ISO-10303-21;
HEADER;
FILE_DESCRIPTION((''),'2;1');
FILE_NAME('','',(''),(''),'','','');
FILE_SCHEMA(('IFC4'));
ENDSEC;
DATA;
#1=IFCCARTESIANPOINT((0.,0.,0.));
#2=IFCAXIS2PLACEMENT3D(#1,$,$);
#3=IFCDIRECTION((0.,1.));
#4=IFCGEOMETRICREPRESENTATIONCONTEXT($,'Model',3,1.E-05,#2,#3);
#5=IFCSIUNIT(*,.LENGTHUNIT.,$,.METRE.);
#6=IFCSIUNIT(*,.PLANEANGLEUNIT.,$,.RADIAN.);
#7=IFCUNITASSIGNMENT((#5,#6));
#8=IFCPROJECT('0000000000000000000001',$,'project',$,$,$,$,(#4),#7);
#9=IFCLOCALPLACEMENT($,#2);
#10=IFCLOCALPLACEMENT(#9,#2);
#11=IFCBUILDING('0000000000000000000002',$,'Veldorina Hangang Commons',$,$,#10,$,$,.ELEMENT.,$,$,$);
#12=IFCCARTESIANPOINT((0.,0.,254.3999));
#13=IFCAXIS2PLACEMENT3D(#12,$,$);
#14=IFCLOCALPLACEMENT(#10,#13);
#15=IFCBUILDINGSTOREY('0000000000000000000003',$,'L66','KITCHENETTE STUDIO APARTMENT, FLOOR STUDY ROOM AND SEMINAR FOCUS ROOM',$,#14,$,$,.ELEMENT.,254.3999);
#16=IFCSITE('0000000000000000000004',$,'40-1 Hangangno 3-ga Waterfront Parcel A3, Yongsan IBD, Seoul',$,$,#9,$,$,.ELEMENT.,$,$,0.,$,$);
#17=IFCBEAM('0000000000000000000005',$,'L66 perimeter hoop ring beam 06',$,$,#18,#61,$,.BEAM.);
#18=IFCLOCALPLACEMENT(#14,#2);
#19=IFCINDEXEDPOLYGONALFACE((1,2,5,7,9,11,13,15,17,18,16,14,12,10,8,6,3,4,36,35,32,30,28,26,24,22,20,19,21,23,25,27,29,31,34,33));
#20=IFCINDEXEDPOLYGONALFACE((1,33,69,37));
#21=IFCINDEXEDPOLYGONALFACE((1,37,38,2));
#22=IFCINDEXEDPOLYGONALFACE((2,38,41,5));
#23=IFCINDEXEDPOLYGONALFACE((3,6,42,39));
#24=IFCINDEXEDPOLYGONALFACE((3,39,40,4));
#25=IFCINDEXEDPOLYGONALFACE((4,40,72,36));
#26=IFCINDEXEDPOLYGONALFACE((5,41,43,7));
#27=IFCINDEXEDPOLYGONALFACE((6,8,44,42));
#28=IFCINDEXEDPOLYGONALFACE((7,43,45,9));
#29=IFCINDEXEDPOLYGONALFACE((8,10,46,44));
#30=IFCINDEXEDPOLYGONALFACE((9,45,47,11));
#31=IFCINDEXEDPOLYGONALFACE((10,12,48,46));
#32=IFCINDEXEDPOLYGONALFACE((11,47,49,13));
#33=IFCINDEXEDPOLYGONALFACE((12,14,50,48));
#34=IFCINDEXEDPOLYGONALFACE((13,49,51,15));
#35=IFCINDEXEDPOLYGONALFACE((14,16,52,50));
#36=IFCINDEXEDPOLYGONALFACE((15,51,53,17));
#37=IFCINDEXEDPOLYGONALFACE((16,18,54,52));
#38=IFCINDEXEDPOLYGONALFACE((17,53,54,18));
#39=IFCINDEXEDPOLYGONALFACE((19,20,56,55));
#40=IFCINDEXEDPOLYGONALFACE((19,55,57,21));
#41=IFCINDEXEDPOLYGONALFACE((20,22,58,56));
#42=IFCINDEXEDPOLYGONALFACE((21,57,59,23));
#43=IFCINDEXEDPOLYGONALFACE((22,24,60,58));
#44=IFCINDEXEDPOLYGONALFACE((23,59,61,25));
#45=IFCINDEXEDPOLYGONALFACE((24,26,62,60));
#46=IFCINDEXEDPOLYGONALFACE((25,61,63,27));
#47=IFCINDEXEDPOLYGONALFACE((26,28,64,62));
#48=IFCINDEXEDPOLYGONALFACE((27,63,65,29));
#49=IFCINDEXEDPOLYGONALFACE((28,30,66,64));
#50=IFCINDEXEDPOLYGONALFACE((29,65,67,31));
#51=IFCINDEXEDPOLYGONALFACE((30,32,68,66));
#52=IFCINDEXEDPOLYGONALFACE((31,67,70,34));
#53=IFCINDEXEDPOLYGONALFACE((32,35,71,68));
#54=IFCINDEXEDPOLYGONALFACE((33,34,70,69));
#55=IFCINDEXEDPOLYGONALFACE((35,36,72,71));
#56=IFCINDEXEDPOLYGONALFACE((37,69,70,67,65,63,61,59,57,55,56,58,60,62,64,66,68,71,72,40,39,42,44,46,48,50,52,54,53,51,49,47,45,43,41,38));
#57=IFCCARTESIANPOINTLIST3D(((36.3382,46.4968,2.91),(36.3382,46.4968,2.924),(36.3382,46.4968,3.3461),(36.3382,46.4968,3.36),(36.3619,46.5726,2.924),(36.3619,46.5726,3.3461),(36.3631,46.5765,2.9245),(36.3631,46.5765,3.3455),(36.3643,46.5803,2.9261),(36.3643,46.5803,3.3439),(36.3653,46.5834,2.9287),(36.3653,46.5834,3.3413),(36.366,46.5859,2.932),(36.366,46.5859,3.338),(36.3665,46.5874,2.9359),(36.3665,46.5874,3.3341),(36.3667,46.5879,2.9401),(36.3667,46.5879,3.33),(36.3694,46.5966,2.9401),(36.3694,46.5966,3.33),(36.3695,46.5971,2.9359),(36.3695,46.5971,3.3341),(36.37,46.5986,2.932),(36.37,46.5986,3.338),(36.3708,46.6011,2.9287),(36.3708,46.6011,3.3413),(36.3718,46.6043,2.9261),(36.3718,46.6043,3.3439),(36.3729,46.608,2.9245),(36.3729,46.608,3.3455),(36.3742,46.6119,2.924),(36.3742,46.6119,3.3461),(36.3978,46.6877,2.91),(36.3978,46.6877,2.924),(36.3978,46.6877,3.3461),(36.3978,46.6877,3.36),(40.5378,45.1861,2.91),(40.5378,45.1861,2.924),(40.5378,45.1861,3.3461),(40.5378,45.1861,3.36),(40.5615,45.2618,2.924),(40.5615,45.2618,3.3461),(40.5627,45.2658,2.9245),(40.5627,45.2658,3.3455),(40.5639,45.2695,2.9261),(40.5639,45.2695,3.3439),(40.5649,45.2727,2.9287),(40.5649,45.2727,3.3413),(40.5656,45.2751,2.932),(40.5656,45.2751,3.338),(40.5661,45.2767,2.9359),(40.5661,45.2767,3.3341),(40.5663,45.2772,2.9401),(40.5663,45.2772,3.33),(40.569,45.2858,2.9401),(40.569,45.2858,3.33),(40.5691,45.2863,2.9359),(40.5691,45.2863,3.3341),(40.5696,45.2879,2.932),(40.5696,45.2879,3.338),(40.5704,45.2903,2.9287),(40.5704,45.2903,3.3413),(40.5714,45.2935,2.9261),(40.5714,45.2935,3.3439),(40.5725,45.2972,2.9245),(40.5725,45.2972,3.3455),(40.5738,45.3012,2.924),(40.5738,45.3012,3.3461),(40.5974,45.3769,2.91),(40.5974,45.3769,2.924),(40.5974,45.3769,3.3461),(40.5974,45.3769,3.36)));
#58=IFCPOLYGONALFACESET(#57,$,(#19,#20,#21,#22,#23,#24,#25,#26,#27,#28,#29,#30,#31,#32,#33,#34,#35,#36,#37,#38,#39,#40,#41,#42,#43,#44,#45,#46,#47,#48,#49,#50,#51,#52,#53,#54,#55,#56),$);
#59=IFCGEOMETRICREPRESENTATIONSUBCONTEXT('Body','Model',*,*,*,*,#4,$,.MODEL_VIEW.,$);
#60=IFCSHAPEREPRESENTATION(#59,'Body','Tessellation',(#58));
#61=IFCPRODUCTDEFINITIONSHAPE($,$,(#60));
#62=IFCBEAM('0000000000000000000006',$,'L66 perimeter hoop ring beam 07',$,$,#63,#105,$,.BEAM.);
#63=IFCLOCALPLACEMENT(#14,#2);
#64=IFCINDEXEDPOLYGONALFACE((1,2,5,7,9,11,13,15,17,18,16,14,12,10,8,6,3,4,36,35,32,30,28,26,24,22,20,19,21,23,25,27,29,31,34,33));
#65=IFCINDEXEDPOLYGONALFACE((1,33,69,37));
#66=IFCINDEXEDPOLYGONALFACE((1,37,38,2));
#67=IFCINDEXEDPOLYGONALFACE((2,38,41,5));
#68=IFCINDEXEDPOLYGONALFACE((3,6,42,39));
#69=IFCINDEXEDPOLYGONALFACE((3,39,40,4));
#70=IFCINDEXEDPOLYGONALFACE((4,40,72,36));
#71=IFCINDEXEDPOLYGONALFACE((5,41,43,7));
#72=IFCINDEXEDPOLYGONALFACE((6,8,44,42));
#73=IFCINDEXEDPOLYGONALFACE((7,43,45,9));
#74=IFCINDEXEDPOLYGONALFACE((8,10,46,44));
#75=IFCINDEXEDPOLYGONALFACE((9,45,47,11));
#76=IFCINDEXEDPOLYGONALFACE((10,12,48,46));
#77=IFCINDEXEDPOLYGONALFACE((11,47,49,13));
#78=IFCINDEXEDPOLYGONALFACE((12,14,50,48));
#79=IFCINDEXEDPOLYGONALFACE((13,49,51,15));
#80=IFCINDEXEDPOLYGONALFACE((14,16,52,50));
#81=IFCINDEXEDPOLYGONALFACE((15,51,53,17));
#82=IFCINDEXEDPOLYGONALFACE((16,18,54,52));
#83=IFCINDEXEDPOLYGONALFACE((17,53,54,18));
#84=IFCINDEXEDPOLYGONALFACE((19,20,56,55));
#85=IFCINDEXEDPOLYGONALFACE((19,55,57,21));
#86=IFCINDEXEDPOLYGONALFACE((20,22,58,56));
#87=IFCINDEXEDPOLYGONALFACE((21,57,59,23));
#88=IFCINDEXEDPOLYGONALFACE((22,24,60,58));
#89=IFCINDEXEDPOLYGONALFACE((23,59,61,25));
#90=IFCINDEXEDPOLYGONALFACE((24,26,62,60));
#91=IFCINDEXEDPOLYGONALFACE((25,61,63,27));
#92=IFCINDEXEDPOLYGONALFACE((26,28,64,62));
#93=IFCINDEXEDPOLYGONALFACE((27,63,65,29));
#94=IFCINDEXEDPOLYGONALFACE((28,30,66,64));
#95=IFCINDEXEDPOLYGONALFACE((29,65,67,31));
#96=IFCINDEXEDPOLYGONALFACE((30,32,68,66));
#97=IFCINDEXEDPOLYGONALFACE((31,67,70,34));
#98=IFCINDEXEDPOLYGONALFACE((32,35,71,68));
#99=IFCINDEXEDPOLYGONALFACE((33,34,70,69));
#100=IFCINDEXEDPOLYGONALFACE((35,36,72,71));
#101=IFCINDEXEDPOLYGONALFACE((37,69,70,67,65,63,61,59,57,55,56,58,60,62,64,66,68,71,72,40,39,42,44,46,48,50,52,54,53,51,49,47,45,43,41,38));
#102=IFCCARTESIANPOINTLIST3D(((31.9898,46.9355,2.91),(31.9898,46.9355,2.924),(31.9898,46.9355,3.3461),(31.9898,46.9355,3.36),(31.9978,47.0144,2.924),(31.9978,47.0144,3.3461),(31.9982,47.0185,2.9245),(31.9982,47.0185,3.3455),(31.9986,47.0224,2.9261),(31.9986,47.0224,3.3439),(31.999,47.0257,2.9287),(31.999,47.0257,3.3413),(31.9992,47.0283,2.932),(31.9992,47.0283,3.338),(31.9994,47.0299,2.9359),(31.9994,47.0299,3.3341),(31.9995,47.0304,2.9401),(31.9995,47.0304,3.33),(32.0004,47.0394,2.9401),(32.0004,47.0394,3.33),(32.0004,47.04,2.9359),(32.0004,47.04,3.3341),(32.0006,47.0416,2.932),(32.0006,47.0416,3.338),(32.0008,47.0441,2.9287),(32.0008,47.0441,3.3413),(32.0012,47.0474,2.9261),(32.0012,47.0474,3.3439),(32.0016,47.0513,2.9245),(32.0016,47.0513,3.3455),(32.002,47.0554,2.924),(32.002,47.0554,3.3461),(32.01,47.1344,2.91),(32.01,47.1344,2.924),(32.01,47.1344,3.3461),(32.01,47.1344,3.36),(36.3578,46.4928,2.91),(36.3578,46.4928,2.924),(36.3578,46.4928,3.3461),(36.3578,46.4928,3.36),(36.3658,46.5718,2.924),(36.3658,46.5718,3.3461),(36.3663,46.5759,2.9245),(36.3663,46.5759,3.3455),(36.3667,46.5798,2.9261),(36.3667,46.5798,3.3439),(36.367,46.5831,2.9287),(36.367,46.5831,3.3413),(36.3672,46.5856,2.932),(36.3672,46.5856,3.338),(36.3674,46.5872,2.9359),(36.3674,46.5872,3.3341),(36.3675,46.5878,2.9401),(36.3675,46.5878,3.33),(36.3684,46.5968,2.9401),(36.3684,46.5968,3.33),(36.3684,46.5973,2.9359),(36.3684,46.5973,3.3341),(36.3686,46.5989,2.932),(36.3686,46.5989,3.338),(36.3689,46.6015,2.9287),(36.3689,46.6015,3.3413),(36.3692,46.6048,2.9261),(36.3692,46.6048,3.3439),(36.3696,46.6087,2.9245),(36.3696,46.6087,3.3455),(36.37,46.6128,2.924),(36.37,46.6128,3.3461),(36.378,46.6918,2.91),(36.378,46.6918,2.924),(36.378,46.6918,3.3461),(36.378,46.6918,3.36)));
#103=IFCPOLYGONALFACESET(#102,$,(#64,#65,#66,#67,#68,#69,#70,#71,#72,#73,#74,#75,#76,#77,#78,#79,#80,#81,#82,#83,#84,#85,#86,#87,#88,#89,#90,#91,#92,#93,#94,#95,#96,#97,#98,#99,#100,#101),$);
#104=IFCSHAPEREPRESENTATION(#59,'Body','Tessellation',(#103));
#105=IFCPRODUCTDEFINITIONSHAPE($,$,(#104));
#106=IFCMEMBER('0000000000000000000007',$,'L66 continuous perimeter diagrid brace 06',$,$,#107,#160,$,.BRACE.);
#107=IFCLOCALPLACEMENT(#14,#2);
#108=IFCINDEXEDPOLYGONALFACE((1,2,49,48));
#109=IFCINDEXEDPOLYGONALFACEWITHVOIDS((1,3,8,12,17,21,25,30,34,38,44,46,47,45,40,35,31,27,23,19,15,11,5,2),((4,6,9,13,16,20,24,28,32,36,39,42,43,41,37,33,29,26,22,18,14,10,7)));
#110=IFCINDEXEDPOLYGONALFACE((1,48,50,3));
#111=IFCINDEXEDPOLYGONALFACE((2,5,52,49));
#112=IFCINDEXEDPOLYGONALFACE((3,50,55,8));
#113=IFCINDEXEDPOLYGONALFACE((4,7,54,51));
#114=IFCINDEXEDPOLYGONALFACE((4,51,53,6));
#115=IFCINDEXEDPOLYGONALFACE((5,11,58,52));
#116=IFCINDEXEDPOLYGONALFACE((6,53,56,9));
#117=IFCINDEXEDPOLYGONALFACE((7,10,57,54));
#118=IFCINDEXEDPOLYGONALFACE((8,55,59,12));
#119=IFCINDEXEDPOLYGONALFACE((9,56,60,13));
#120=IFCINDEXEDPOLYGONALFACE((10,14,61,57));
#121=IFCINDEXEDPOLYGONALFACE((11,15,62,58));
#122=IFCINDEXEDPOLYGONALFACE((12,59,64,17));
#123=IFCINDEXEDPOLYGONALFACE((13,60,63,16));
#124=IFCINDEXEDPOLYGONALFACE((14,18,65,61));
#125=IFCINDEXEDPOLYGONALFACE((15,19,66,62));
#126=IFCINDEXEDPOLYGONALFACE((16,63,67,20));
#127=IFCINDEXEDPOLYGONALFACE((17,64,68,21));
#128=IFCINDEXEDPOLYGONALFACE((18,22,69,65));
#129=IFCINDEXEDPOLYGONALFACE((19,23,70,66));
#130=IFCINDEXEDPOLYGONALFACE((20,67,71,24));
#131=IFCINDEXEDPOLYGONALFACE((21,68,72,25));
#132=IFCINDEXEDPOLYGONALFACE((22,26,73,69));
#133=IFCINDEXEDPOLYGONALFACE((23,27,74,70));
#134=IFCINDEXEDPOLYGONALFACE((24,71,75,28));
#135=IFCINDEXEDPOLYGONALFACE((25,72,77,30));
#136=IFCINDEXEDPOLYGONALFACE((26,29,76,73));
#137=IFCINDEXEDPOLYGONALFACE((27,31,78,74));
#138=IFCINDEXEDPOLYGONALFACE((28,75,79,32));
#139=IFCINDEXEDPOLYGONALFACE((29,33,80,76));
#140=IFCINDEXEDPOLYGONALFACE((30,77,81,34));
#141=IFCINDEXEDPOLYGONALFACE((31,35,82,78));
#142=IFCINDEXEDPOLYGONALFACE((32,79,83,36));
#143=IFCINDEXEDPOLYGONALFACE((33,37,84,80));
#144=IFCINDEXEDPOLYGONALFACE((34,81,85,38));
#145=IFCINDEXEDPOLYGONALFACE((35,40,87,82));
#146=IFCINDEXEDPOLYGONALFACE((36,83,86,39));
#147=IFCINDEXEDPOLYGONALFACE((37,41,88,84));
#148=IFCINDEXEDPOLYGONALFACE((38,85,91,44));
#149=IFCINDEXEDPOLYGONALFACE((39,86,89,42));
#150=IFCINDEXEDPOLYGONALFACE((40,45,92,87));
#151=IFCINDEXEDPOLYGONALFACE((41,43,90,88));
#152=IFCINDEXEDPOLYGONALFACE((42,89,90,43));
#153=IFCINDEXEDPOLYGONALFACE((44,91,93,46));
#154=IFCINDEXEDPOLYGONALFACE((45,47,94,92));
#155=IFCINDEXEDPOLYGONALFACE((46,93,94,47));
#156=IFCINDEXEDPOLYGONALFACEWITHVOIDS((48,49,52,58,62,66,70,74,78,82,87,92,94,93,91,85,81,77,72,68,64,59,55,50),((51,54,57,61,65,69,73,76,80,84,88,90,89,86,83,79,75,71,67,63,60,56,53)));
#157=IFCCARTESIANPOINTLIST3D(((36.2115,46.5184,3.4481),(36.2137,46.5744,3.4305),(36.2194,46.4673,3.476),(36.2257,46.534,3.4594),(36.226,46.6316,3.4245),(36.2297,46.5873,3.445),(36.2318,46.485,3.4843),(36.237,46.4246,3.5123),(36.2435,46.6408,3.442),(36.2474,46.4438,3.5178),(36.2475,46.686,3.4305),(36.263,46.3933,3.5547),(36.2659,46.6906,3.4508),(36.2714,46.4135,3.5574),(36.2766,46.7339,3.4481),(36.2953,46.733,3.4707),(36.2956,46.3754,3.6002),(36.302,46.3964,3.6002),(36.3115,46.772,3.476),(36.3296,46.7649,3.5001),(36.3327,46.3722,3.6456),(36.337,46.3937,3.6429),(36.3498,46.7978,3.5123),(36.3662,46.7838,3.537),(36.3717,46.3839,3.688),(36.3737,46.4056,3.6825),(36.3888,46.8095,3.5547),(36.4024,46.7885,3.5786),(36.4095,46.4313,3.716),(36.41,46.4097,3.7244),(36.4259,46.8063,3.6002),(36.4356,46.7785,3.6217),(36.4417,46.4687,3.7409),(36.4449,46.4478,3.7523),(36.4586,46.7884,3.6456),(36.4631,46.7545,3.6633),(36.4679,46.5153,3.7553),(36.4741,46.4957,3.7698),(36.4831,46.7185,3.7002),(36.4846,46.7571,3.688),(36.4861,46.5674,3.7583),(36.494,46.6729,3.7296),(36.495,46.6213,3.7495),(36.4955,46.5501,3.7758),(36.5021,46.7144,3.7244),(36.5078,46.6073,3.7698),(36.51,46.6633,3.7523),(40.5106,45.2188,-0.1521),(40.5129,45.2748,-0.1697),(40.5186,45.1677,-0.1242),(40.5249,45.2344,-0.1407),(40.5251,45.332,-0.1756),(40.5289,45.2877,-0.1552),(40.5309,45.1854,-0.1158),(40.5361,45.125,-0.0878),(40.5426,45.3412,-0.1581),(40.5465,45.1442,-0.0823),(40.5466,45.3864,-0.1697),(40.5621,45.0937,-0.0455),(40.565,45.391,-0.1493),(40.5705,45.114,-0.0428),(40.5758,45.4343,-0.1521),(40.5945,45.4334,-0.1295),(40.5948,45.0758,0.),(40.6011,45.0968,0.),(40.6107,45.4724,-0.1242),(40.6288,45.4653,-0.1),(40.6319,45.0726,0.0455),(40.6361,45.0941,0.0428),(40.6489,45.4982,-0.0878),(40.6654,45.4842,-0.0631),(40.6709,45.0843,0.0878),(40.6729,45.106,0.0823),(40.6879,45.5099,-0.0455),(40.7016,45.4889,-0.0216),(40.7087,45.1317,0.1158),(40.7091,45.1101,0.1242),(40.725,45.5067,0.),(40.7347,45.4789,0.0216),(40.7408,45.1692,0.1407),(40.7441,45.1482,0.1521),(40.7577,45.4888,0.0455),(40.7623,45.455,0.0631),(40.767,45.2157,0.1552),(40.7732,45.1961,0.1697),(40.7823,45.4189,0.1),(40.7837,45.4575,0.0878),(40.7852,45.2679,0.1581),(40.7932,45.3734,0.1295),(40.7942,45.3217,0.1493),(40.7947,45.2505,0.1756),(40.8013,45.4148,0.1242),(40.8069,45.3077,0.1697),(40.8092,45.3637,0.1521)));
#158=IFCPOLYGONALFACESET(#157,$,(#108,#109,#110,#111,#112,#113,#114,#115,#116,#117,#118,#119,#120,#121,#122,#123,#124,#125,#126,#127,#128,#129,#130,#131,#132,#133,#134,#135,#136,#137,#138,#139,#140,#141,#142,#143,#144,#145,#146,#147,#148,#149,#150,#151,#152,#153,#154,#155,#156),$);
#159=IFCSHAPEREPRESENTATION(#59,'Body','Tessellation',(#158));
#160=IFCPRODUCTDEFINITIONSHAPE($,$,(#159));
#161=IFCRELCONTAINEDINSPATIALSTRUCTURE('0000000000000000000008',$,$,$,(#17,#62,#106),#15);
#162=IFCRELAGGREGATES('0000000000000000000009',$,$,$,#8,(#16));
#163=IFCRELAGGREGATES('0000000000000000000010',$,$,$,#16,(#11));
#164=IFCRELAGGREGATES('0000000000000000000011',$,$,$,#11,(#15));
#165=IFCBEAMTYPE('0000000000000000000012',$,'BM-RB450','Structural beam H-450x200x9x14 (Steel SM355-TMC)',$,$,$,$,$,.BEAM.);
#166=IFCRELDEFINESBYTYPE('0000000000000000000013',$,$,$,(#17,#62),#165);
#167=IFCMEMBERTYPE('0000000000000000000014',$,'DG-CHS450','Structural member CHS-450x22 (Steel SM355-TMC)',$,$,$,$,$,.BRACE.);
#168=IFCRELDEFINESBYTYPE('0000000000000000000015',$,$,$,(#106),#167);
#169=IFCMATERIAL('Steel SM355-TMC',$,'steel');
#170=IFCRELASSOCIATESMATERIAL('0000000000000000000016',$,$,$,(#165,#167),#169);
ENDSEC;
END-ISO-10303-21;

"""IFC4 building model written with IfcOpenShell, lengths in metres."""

from ifc_helpers import new_model, si_unit, direction, frame, origin, origin_2d, place, context, subcontext, project, spatial, hollow_circle, i_section, extrude, material, material_profile, profile_set, type_object, element, save


model = new_model("IFC4")

# Units and contexts
model_context = context("Model", 3, precision=1e-05, world=origin(), true_north=direction((0.0, 1.0)))
body_context = subcontext(model_context, "Body", "Model", "MODEL_VIEW")
ifc_project = project(units=[si_unit("LENGTHUNIT", "METRE"), si_unit("PLANEANGLEUNIT", "RADIAN")], contexts=[model_context])

# Site, building, storey
site_placement = place(None, origin())
site = spatial("IfcSite", under=ifc_project, at=site_placement, Name="40-1 Hangangno 3-ga Waterfront Parcel A3, Yongsan IBD, Seoul", CompositionType="ELEMENT", RefElevation=0.0)
building_placement = place(site_placement, origin())
building = spatial("IfcBuilding", under=site, at=building_placement, Name="Veldorina Hangang Commons", CompositionType="ELEMENT")
storey_placement = place(building_placement, frame((0.0, 0.0, 254.3999)))
storey = spatial("IfcBuildingStorey", under=building, at=storey_placement, Name="L66", Description="KITCHENETTE STUDIO APARTMENT, FLOOR STUDY ROOM AND SEMINAR FOCUS ROOM", CompositionType="ELEMENT", Elevation=254.3999)

# Beams
ifc_material_1 = material(Name="Steel SM355-TMC", Category="steel")
ifc_material_profile_1 = material_profile(ifc_material_1, i_section(OverallWidth=0.2, OverallDepth=0.45, WebThickness=0.009, FlangeThickness=0.0139, FilletRadius=0.0161, at=origin_2d()), Name="H-450x200x9x14")
ifc_profile_set_1 = profile_set([ifc_material_profile_1], Name="Steel SM355-TMC")
beam_type = type_object("IfcBeamType", Name="BM-RB450", Description="Structural beam H-450x200x9x14 (Steel SM355-TMC)", PredefinedType="BEAM", material=ifc_profile_set_1)
beam_1_placement = place(storey_placement, frame((40.5676, 45.2815, 3.135), z_axis=(-0.954585, 0.29794, 0.0), x_axis=(-0.29794, -0.954585, 0.0)))
element("IfcBeam", 1, at=beam_1_placement, inside=storey, type_object=beam_type, Name="L66 perimeter hoop ring beam 06", PredefinedType="BEAM", context=body_context, shape_type="SweptSolid", body=[
    extrude(i_section(OverallWidth=0.2, OverallDepth=0.45, WebThickness=0.009, FlangeThickness=0.0139, FilletRadius=0.0161, at=origin_2d()), origin(), (0.0, 0.0, 1.0), 4.3994),
])
beam_2_placement = place(storey_placement, frame((36.3679, 46.5923, 3.135), z_axis=(-0.994905, 0.10082, 0.0), x_axis=(-0.10082, -0.994905, 0.0)))
element("IfcBeam", 2, at=beam_2_placement, inside=storey, type_object=beam_type, Name="L66 perimeter hoop ring beam 07", PredefinedType="BEAM", context=body_context, shape_type="SweptSolid", body=[
    extrude(i_section(OverallWidth=0.2, OverallDepth=0.45, WebThickness=0.009, FlangeThickness=0.0139, FilletRadius=0.0161, at=origin_2d()), origin(), (0.0, 0.0, 1.0), 4.3904),
])

# Member
ifc_material_profile_2 = material_profile(ifc_material_1, hollow_circle(Radius=0.2251, WallThickness=0.022, at=origin_2d()), Name="CHS-450x22")
ifc_profile_set_2 = profile_set([ifc_material_profile_2], Name="Steel SM355-TMC")
member_type_1 = type_object("IfcMemberType", Name="DG-CHS450", Description="Structural member CHS-450x22 (Steel SM355-TMC)", PredefinedType="BRACE", material=ifc_profile_set_2)
member_1_placement = place(storey_placement, frame((40.6599, 45.2913, 0.0), z_axis=(-0.746885, 0.225775, 0.625451), x_axis=(-0.289357, -0.957221, 0.0)))
element("IfcMember", 3, at=member_1_placement, inside=storey, type_object=member_type_1, Name="L66 continuous perimeter diagrid brace 06", PredefinedType="BRACE", context=body_context, shape_type="SweptSolid", body=[
    extrude(hollow_circle(Radius=0.2251, WallThickness=0.022, at=origin_2d()), origin(), (0.0, 0.0, 1.0), 5.7561),
])

save(model, "model.ifc")
